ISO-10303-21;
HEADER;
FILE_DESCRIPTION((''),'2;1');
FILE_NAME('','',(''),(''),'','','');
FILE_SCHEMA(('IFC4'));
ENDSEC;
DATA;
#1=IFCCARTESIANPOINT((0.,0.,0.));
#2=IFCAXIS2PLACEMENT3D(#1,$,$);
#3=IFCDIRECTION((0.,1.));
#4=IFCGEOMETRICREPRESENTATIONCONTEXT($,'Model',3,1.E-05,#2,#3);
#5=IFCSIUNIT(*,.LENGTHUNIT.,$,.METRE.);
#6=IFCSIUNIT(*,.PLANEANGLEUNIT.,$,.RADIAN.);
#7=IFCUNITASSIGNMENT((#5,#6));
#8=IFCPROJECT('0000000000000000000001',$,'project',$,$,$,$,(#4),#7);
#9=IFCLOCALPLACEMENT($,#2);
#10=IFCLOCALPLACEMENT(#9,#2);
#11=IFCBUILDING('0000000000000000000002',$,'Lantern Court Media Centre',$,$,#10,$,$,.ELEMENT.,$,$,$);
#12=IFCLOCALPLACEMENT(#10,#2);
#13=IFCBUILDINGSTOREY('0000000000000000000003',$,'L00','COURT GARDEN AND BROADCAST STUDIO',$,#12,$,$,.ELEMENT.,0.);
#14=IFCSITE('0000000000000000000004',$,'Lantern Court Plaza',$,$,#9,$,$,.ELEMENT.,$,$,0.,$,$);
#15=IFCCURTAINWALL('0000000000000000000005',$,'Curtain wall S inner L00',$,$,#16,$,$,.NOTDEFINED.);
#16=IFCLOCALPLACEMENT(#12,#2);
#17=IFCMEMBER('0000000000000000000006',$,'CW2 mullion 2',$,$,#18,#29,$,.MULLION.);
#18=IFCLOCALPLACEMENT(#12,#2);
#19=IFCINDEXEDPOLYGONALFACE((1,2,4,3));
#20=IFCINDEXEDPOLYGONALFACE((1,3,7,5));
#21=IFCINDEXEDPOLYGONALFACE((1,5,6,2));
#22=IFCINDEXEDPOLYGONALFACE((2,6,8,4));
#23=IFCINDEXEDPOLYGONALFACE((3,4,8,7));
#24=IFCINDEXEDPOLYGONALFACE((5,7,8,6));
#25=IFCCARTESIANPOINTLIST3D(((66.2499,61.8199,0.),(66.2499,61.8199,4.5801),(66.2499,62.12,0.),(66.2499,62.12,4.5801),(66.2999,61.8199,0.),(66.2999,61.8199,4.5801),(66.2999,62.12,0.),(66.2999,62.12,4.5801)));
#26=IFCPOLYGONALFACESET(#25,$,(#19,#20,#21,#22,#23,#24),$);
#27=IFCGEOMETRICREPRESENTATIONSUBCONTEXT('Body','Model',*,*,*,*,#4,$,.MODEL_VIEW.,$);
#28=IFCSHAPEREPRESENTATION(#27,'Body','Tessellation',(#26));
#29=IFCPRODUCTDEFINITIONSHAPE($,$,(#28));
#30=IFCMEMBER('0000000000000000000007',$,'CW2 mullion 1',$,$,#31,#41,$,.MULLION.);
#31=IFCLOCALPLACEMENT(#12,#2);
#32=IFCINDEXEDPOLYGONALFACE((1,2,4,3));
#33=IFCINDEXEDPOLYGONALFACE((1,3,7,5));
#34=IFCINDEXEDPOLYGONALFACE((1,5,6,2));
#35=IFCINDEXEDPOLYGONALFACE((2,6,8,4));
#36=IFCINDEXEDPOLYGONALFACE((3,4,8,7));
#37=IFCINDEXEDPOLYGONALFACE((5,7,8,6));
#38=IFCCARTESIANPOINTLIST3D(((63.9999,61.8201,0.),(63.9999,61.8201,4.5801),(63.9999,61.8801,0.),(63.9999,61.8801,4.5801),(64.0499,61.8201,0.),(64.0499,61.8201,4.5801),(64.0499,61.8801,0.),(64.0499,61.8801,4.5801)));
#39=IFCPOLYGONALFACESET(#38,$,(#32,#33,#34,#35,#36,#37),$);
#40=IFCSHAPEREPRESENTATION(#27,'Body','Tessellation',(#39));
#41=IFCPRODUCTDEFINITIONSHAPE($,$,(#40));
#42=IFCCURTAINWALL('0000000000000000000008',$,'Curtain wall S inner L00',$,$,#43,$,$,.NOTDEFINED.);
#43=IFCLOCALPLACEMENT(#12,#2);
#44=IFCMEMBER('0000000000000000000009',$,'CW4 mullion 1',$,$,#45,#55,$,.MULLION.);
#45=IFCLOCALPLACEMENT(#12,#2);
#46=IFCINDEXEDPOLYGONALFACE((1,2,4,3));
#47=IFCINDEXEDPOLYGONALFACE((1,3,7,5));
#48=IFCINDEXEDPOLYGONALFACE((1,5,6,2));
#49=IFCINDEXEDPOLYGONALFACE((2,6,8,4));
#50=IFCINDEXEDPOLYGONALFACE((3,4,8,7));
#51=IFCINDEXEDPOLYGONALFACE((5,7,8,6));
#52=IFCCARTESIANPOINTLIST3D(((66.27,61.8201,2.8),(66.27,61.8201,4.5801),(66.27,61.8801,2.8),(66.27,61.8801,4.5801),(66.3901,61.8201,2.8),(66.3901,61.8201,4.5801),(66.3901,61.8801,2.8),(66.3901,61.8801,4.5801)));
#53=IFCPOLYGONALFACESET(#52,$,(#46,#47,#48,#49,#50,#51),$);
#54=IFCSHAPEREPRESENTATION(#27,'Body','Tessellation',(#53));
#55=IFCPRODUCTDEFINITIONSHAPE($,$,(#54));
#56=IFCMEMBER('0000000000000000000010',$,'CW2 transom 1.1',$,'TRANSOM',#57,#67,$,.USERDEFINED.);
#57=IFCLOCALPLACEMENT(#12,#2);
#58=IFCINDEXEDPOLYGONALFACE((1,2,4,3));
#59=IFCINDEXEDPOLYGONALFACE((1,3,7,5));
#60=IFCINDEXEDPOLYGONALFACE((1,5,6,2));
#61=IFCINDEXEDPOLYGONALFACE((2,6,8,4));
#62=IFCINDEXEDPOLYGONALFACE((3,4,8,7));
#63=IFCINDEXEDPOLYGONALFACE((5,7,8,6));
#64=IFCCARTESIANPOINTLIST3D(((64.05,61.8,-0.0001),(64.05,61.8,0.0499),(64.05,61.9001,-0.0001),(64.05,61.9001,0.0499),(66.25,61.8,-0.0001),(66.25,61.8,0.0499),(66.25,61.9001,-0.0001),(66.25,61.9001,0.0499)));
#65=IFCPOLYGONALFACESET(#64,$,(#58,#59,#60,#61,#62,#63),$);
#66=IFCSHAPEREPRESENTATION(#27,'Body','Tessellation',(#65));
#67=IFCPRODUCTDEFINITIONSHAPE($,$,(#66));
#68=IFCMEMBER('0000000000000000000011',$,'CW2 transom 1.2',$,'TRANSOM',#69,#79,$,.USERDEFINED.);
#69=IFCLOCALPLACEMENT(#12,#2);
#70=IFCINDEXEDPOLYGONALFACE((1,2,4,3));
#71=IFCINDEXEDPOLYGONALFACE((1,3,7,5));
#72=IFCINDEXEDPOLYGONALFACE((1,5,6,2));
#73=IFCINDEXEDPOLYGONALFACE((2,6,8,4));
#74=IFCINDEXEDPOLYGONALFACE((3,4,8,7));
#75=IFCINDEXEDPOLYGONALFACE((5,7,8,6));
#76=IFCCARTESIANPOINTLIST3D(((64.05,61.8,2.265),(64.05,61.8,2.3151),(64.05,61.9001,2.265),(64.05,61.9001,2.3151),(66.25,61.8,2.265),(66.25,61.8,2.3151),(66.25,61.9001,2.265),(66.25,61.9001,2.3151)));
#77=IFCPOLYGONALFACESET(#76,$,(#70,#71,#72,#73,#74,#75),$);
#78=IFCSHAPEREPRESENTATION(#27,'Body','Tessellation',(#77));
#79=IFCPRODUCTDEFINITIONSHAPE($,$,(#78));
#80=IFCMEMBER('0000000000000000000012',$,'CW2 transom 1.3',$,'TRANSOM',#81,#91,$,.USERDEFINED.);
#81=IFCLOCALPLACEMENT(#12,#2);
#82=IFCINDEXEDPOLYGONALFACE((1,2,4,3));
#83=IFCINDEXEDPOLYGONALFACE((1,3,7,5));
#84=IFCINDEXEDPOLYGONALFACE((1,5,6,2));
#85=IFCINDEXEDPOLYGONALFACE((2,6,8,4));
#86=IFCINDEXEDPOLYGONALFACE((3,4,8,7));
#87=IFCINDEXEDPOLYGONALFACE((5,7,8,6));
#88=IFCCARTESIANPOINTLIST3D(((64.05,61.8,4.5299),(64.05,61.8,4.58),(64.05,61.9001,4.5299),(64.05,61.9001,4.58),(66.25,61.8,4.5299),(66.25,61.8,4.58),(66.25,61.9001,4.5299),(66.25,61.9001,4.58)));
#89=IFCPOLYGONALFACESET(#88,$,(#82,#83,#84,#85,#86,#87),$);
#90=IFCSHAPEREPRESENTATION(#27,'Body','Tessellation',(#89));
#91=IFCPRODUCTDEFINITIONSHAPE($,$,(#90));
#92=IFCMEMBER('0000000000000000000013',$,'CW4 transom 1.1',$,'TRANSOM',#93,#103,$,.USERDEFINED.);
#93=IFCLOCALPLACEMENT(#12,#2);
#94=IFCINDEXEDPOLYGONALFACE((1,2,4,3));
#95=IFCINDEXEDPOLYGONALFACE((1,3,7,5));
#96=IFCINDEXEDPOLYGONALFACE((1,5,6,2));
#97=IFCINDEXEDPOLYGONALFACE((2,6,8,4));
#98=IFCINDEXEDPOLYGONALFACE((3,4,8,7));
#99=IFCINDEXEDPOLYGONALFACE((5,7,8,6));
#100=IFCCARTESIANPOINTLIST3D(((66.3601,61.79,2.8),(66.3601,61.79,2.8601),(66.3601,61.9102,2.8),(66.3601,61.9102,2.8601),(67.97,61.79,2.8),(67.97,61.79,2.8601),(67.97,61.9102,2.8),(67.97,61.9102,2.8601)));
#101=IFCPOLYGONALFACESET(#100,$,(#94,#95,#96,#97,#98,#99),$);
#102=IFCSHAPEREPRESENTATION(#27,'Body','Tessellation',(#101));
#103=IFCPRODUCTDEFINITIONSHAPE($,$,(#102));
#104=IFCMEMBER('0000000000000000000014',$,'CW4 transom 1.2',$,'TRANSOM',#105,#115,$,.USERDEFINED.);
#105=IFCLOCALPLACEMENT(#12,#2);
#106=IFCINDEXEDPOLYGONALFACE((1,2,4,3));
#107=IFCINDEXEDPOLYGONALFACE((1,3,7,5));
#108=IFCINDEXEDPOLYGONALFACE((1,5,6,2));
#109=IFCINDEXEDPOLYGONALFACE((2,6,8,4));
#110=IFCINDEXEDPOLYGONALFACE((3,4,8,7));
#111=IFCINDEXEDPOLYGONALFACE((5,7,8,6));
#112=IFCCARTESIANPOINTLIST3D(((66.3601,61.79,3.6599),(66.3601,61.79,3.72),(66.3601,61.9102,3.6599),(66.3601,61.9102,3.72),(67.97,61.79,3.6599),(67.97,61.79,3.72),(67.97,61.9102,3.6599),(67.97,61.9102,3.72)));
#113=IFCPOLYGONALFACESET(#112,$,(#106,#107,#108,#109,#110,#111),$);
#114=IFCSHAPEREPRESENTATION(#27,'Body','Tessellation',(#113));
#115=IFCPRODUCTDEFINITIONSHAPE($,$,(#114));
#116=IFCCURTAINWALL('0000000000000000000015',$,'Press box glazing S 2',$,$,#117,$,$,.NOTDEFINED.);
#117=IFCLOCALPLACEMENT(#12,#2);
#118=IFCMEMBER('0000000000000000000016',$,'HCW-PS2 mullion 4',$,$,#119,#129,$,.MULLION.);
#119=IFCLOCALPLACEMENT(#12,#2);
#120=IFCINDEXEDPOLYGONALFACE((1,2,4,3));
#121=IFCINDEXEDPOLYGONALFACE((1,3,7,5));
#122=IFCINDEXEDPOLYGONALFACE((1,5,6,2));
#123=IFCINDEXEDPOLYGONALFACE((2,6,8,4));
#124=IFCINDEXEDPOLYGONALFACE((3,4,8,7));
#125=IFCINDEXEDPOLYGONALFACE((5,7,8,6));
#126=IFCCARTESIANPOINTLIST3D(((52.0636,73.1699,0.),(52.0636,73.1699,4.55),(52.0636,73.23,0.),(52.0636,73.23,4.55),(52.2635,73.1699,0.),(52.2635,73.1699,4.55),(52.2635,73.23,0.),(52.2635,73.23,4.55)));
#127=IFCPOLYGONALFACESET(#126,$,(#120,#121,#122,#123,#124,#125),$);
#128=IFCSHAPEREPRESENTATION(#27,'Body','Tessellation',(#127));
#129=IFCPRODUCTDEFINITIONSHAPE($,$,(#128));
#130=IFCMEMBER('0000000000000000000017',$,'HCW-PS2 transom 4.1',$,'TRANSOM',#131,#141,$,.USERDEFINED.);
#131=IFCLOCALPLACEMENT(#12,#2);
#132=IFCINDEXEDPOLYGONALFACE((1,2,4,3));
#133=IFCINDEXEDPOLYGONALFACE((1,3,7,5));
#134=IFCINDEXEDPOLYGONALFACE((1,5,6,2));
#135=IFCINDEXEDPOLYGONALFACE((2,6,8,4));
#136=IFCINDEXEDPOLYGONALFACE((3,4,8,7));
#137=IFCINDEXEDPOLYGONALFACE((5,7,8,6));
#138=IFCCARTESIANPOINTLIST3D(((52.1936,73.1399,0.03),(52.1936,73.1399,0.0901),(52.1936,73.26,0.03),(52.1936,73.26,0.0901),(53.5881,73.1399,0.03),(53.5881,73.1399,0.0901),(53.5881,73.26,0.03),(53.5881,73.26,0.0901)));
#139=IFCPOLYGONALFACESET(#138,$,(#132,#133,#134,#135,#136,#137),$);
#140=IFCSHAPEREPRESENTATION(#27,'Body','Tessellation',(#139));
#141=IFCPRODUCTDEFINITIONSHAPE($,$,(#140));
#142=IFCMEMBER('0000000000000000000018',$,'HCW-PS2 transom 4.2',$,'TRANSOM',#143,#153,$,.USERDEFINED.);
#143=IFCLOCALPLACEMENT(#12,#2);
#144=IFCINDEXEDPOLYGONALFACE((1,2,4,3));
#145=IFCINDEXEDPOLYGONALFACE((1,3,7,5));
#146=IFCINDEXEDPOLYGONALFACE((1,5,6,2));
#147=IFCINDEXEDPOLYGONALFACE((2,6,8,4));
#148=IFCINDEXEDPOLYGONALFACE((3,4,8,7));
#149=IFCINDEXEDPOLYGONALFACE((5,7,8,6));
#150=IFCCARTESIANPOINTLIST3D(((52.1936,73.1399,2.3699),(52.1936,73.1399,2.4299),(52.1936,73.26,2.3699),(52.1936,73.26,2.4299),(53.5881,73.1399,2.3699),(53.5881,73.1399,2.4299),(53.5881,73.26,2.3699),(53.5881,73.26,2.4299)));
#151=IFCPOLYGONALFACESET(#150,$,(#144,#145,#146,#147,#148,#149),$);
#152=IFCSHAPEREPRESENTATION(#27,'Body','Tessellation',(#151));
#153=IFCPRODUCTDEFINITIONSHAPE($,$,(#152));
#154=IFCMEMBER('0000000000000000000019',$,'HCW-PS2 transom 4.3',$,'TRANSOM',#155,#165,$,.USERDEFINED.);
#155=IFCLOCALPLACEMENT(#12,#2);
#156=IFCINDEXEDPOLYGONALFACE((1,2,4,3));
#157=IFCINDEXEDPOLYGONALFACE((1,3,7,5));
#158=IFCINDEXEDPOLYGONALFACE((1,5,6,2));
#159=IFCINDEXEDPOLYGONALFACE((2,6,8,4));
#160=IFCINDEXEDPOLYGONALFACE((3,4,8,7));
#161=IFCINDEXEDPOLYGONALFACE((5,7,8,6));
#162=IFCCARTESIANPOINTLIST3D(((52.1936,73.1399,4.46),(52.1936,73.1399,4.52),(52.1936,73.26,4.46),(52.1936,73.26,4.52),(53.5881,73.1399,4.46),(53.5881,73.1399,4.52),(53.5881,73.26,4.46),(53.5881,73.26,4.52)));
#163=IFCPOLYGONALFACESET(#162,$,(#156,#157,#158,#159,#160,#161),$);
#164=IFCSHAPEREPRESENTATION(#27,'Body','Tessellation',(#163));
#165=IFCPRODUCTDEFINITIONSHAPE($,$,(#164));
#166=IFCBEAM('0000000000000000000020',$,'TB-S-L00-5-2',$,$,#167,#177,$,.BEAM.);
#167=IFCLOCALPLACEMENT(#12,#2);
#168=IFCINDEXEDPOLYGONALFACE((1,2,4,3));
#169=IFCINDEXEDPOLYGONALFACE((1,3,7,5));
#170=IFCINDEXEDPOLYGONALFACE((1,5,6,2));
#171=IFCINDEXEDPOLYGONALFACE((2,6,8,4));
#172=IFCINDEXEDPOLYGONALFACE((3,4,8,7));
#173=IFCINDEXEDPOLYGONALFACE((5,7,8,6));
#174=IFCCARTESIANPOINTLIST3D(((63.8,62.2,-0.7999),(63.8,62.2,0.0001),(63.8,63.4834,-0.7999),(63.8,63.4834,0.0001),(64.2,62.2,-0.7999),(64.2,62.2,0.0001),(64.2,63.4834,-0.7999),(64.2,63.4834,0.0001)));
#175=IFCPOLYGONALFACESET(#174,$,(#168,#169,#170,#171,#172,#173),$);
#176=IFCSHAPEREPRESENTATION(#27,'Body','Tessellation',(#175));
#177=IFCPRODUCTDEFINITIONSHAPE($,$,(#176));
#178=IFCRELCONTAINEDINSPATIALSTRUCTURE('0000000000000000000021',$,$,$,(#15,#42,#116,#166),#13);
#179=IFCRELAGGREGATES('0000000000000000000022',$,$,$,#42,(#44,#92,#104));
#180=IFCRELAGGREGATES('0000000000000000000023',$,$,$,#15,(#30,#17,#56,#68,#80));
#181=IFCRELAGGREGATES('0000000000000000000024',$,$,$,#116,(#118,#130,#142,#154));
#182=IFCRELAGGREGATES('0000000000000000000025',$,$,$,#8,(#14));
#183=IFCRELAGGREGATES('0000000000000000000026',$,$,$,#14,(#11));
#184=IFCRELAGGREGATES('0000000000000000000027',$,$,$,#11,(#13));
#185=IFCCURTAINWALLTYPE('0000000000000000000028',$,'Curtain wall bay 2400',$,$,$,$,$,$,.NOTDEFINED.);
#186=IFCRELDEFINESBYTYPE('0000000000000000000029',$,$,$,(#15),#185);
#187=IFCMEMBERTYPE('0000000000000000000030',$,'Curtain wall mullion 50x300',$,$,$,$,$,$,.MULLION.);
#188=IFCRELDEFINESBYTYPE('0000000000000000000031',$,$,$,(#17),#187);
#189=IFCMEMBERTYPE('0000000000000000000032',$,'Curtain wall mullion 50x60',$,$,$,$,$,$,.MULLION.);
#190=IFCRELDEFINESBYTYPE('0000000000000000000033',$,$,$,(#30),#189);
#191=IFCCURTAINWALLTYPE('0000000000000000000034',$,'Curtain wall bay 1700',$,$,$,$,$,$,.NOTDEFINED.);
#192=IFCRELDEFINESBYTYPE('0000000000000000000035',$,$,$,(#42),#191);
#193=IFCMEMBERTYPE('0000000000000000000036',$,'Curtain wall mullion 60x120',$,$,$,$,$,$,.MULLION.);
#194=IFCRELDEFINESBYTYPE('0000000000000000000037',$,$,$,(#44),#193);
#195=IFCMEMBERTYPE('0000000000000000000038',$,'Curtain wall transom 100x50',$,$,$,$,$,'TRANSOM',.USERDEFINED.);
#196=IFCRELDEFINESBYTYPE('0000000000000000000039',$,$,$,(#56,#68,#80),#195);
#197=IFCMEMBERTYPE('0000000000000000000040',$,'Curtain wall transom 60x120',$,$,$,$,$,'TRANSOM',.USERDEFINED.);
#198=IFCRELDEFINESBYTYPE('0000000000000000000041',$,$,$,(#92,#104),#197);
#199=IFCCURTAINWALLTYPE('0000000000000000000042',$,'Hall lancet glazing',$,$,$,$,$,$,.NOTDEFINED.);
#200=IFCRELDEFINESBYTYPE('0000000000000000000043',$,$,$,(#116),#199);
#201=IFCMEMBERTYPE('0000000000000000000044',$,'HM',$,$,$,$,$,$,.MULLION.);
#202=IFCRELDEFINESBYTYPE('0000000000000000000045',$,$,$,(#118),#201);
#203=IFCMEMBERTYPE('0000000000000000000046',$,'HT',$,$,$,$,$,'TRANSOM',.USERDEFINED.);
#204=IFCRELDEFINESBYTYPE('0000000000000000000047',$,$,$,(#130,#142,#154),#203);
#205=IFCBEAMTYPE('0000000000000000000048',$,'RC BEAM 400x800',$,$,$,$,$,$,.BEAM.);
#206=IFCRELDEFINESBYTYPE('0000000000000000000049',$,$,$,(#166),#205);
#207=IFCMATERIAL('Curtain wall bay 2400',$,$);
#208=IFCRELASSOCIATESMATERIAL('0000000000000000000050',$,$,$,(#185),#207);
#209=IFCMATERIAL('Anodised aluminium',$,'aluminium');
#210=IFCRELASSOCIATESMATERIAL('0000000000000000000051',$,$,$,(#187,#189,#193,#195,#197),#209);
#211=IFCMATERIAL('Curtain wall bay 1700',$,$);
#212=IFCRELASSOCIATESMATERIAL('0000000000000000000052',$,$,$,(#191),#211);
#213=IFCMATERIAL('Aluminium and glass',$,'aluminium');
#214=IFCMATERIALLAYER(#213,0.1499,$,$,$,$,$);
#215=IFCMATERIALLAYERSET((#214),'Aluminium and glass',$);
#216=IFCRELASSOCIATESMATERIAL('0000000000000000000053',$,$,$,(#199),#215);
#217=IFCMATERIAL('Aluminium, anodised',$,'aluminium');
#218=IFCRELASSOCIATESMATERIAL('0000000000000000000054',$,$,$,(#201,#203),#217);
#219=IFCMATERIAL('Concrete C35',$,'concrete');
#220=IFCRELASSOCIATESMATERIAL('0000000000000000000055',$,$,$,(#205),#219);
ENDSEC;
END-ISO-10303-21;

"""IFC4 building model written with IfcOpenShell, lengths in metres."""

from ifc_helpers import new_model, si_unit, direction, frame, origin, origin_2d, place, context, subcontext, project, spatial, rectangle, extrude, material, layer, layer_set, material_profile, profile_set, type_object, element, aggregate, save


model = new_model("IFC4")

# Units and contexts
model_context = context("Model", 3, precision=1e-05, world=origin(), true_north=direction((0.0, 1.0)))
body_context = subcontext(model_context, "Body", "Model", "MODEL_VIEW")
ifc_project = project(units=[si_unit("LENGTHUNIT", "METRE"), si_unit("PLANEANGLEUNIT", "RADIAN")], contexts=[model_context])

# Site, building, storey
site_placement = place(None, origin())
site = spatial("IfcSite", under=ifc_project, at=site_placement, Name="Lantern Court Plaza", CompositionType="ELEMENT", RefElevation=0.0)
building_placement = place(site_placement, origin())
building = spatial("IfcBuilding", under=site, at=building_placement, Name="Lantern Court Media Centre", CompositionType="ELEMENT")
storey_placement = place(building_placement, origin())
storey = spatial("IfcBuildingStorey", under=building, at=storey_placement, Name="L00", Description="COURT GARDEN AND BROADCAST STUDIO", CompositionType="ELEMENT", Elevation=0.0)

# Shared definitions
ifc_material_1 = material(Name="Concrete C35", Category="concrete")

# Curtain wall, members
ifc_material_2 = material(Name="Curtain wall bay 2400")
curtain_wall_type_1 = type_object("IfcCurtainWallType", Name="Curtain wall bay 2400", PredefinedType="NOTDEFINED", material=ifc_material_2)
curtain_wall_1_placement = place(storey_placement, origin())
curtain_wall_1 = element("IfcCurtainWall", 1, at=curtain_wall_1_placement, inside=storey, type_object=curtain_wall_type_1, Name="Curtain wall S inner L00", PredefinedType="NOTDEFINED")
ifc_material_3 = material(Name="Anodised aluminium", Category="aluminium")
ifc_material_profile_1 = material_profile(ifc_material_3, rectangle(XDim=0.3, YDim=0.05, at=origin_2d()), Name="AL 50x300")
ifc_profile_set_1 = profile_set([ifc_material_profile_1], Name="Anodised aluminium")
member_type_1 = type_object("IfcMemberType", Name="Curtain wall mullion 50x300", PredefinedType="MULLION", material=ifc_profile_set_1)
member_1_placement = place(storey_placement, frame((66.2749, 61.97, 0.0), z_axis=(0.0, 0.0, 1.0), x_axis=(0.0, 1.0, 0.0)))
member_1 = element("IfcMember", 2, at=member_1_placement, type_object=member_type_1, Name="CW2 mullion 2", PredefinedType="MULLION", context=body_context, shape_type="SweptSolid", body=[
    extrude(rectangle(XDim=0.3, YDim=0.05, at=origin_2d()), origin(), (0.0, 0.0, 1.0), 4.5801),
])
ifc_material_profile_2 = material_profile(ifc_material_3, rectangle(XDim=0.0601, YDim=0.05, at=origin_2d()), Name="AL 50x60")
ifc_profile_set_2 = profile_set([ifc_material_profile_2], Name="Anodised aluminium")
member_type_2 = type_object("IfcMemberType", Name="Curtain wall mullion 50x60", PredefinedType="MULLION", material=ifc_profile_set_2)
member_2_placement = place(storey_placement, frame((64.0249, 61.8501, 0.0), z_axis=(0.0, 0.0, 1.0), x_axis=(0.0, 1.0, 0.0)))
member_2 = element("IfcMember", 3, at=member_2_placement, type_object=member_type_2, Name="CW2 mullion 1", PredefinedType="MULLION", context=body_context, shape_type="SweptSolid", body=[
    extrude(rectangle(XDim=0.0601, YDim=0.05, at=origin_2d()), origin(), (0.0, 0.0, 1.0), 4.5801),
])

# Curtain wall, member
ifc_material_4 = material(Name="Curtain wall bay 1700")
curtain_wall_type_2 = type_object("IfcCurtainWallType", Name="Curtain wall bay 1700", PredefinedType="NOTDEFINED", material=ifc_material_4)
curtain_wall_2_placement = place(storey_placement, origin())
curtain_wall_2 = element("IfcCurtainWall", 4, at=curtain_wall_2_placement, inside=storey, type_object=curtain_wall_type_2, Name="Curtain wall S inner L00", PredefinedType="NOTDEFINED")
ifc_material_profile_3 = material_profile(ifc_material_3, rectangle(XDim=0.0601, YDim=0.1201, at=origin_2d()), Name="AL 60x120")
ifc_profile_set_3 = profile_set([ifc_material_profile_3], Name="Anodised aluminium")
member_type_3 = type_object("IfcMemberType", Name="Curtain wall mullion 60x120", PredefinedType="MULLION", material=ifc_profile_set_3)
member_3_placement = place(storey_placement, frame((66.3301, 61.8501, 2.8), z_axis=(0.0, 0.0, 1.0), x_axis=(0.0, 1.0, 0.0)))
member_3 = element("IfcMember", 5, at=member_3_placement, type_object=member_type_3, Name="CW4 mullion 1", PredefinedType="MULLION", context=body_context, shape_type="SweptSolid", body=[
    extrude(rectangle(XDim=0.0601, YDim=0.1201, at=origin_2d()), origin(), (0.0, 0.0, 1.0), 1.78),
])

# Members
ifc_material_profile_4 = material_profile(ifc_material_3, rectangle(XDim=0.1001, YDim=0.05, at=origin_2d()), Name="AL 50x100")
ifc_profile_set_4 = profile_set([ifc_material_profile_4], Name="Anodised aluminium")
member_type_4 = type_object("IfcMemberType", Name="Curtain wall transom 100x50", ElementType="TRANSOM", PredefinedType="USERDEFINED", material=ifc_profile_set_4)
member_4_placement = place(storey_placement, frame((64.05, 61.8501, 0.0249), z_axis=(1.0, 0.0, 0.0), x_axis=(0.0, 1.0, 0.0)))
member_4 = element("IfcMember", 6, at=member_4_placement, type_object=member_type_4, Name="CW2 transom 1.1", ObjectType="TRANSOM", PredefinedType="USERDEFINED", context=body_context, shape_type="SweptSolid", body=[
    extrude(rectangle(XDim=0.1001, YDim=0.05, at=origin_2d()), origin(), (0.0, 0.0, 1.0), 2.2),
])
member_5_placement = place(storey_placement, frame((64.05, 61.8501, 2.29), z_axis=(1.0, 0.0, 0.0), x_axis=(0.0, 1.0, 0.0)))
member_5 = element("IfcMember", 7, at=member_5_placement, type_object=member_type_4, Name="CW2 transom 1.2", ObjectType="TRANSOM", PredefinedType="USERDEFINED", context=body_context, shape_type="SweptSolid", body=[
    extrude(rectangle(XDim=0.1001, YDim=0.05, at=origin_2d()), origin(), (0.0, 0.0, 1.0), 2.2),
])
member_6_placement = place(storey_placement, frame((64.05, 61.8501, 4.5549), z_axis=(1.0, 0.0, 0.0), x_axis=(0.0, 1.0, 0.0)))
member_6 = element("IfcMember", 8, at=member_6_placement, type_object=member_type_4, Name="CW2 transom 1.3", ObjectType="TRANSOM", PredefinedType="USERDEFINED", context=body_context, shape_type="SweptSolid", body=[
    extrude(rectangle(XDim=0.1001, YDim=0.05, at=origin_2d()), origin(), (0.0, 0.0, 1.0), 2.2),
])
ifc_material_profile_5 = material_profile(ifc_material_3, rectangle(XDim=0.1201, YDim=0.0601, at=origin_2d()), Name="AL 60x120")
ifc_profile_set_5 = profile_set([ifc_material_profile_5], Name="Anodised aluminium")
member_type_5 = type_object("IfcMemberType", Name="Curtain wall transom 60x120", ElementType="TRANSOM", PredefinedType="USERDEFINED", material=ifc_profile_set_5)
member_7_placement = place(storey_placement, frame((66.3601, 61.8501, 2.8301), z_axis=(1.0, 0.0, 0.0), x_axis=(0.0, 1.0, 0.0)))
member_7 = element("IfcMember", 9, at=member_7_placement, type_object=member_type_5, Name="CW4 transom 1.1", ObjectType="TRANSOM", PredefinedType="USERDEFINED", context=body_context, shape_type="SweptSolid", body=[
    extrude(rectangle(XDim=0.1201, YDim=0.0601, at=origin_2d()), origin(), (0.0, 0.0, 1.0), 1.6099),
])
member_8_placement = place(storey_placement, frame((66.3601, 61.8501, 3.6899), z_axis=(1.0, 0.0, 0.0), x_axis=(0.0, 1.0, 0.0)))
member_8 = element("IfcMember", 10, at=member_8_placement, type_object=member_type_5, Name="CW4 transom 1.2", ObjectType="TRANSOM", PredefinedType="USERDEFINED", context=body_context, shape_type="SweptSolid", body=[
    extrude(rectangle(XDim=0.1201, YDim=0.0601, at=origin_2d()), origin(), (0.0, 0.0, 1.0), 1.6099),
])
aggregate(curtain_wall_2, [member_3, member_7, member_8])

# Curtain wall, members
ifc_material_5 = material(Name="Aluminium and glass", Category="aluminium")
ifc_layer_1 = layer(ifc_material_5, 0.1499)
ifc_layer_set_1 = layer_set([ifc_layer_1], Name="Aluminium and glass")
curtain_wall_type_3 = type_object("IfcCurtainWallType", Name="Hall lancet glazing", PredefinedType="NOTDEFINED", material=ifc_layer_set_1)
curtain_wall_3_placement = place(storey_placement, origin())
curtain_wall_3 = element("IfcCurtainWall", 11, at=curtain_wall_3_placement, inside=storey, type_object=curtain_wall_type_3, Name="Press box glazing S 2", PredefinedType="NOTDEFINED")
ifc_material_6 = material(Name="Aluminium, anodised", Category="aluminium")
ifc_material_profile_6 = material_profile(ifc_material_6, rectangle(XDim=0.0601, YDim=0.2, at=origin_2d()), Name="HM")
ifc_profile_set_6 = profile_set([ifc_material_profile_6], Name="Aluminium, anodised")
member_type_6 = type_object("IfcMemberType", Name="HM", PredefinedType="MULLION", material=ifc_profile_set_6)
member_9_placement = place(storey_placement, frame((52.1636, 73.2, 0.0), z_axis=(0.0, 0.0, 1.0), x_axis=(0.0, 1.0, 0.0)))
member_9 = element("IfcMember", 12, at=member_9_placement, type_object=member_type_6, Name="HCW-PS2 mullion 4", PredefinedType="MULLION", context=body_context, shape_type="SweptSolid", body=[
    extrude(rectangle(XDim=0.0601, YDim=0.2, at=origin_2d()), origin(), (0.0, 0.0, 1.0), 4.55),
])
ifc_material_profile_7 = material_profile(ifc_material_6, rectangle(XDim=0.1201, YDim=0.0601, at=origin_2d()), Name="HT")
ifc_profile_set_7 = profile_set([ifc_material_profile_7], Name="Aluminium, anodised")
member_type_7 = type_object("IfcMemberType", Name="HT", ElementType="TRANSOM", PredefinedType="USERDEFINED", material=ifc_profile_set_7)
member_10_placement = place(storey_placement, frame((52.1936, 73.2, 0.0601), z_axis=(1.0, 0.0, 0.0), x_axis=(0.0, 1.0, 0.0)))
member_10 = element("IfcMember", 13, at=member_10_placement, type_object=member_type_7, Name="HCW-PS2 transom 4.1", ObjectType="TRANSOM", PredefinedType="USERDEFINED", context=body_context, shape_type="SweptSolid", body=[
    extrude(rectangle(XDim=0.1201, YDim=0.0601, at=origin_2d()), origin(), (0.0, 0.0, 1.0), 1.3945),
])
member_11_placement = place(storey_placement, frame((52.1936, 73.2, 2.3999), z_axis=(1.0, 0.0, 0.0), x_axis=(0.0, 1.0, 0.0)))
member_11 = element("IfcMember", 14, at=member_11_placement, type_object=member_type_7, Name="HCW-PS2 transom 4.2", ObjectType="TRANSOM", PredefinedType="USERDEFINED", context=body_context, shape_type="SweptSolid", body=[
    extrude(rectangle(XDim=0.1201, YDim=0.0601, at=origin_2d()), origin(), (0.0, 0.0, 1.0), 1.3945),
])
member_12_placement = place(storey_placement, frame((52.1936, 73.2, 4.49), z_axis=(1.0, 0.0, 0.0), x_axis=(0.0, 1.0, 0.0)))
member_12 = element("IfcMember", 15, at=member_12_placement, type_object=member_type_7, Name="HCW-PS2 transom 4.3", ObjectType="TRANSOM", PredefinedType="USERDEFINED", context=body_context, shape_type="SweptSolid", body=[
    extrude(rectangle(XDim=0.1201, YDim=0.0601, at=origin_2d()), origin(), (0.0, 0.0, 1.0), 1.3945),
])

# Beam
ifc_material_profile_8 = material_profile(ifc_material_1, rectangle(XDim=0.3999, YDim=0.8, at=origin_2d()), Name="RC 400x800")
ifc_profile_set_8 = profile_set([ifc_material_profile_8], Name="Concrete C35")
beam_type_1 = type_object("IfcBeamType", Name="RC BEAM 400x800", PredefinedType="BEAM", material=ifc_profile_set_8)
beam_placement = place(storey_placement, frame((64.0, 62.2, -0.3999), z_axis=(0.0, 1.0, 0.0), x_axis=(-1.0, 0.0, 0.0)))
element("IfcBeam", 16, at=beam_placement, inside=storey, type_object=beam_type_1, Name="TB-S-L00-5-2", PredefinedType="BEAM", context=body_context, shape_type="SweptSolid", body=[
    extrude(rectangle(XDim=0.3999, YDim=0.8, at=origin_2d()), origin(), (0.0, 0.0, 1.0), 1.2834),
])

aggregate(curtain_wall_1, [member_2, member_1, member_4, member_5, member_6])
aggregate(curtain_wall_3, [member_9, member_10, member_11, member_12])

save(model, "model.ifc")
